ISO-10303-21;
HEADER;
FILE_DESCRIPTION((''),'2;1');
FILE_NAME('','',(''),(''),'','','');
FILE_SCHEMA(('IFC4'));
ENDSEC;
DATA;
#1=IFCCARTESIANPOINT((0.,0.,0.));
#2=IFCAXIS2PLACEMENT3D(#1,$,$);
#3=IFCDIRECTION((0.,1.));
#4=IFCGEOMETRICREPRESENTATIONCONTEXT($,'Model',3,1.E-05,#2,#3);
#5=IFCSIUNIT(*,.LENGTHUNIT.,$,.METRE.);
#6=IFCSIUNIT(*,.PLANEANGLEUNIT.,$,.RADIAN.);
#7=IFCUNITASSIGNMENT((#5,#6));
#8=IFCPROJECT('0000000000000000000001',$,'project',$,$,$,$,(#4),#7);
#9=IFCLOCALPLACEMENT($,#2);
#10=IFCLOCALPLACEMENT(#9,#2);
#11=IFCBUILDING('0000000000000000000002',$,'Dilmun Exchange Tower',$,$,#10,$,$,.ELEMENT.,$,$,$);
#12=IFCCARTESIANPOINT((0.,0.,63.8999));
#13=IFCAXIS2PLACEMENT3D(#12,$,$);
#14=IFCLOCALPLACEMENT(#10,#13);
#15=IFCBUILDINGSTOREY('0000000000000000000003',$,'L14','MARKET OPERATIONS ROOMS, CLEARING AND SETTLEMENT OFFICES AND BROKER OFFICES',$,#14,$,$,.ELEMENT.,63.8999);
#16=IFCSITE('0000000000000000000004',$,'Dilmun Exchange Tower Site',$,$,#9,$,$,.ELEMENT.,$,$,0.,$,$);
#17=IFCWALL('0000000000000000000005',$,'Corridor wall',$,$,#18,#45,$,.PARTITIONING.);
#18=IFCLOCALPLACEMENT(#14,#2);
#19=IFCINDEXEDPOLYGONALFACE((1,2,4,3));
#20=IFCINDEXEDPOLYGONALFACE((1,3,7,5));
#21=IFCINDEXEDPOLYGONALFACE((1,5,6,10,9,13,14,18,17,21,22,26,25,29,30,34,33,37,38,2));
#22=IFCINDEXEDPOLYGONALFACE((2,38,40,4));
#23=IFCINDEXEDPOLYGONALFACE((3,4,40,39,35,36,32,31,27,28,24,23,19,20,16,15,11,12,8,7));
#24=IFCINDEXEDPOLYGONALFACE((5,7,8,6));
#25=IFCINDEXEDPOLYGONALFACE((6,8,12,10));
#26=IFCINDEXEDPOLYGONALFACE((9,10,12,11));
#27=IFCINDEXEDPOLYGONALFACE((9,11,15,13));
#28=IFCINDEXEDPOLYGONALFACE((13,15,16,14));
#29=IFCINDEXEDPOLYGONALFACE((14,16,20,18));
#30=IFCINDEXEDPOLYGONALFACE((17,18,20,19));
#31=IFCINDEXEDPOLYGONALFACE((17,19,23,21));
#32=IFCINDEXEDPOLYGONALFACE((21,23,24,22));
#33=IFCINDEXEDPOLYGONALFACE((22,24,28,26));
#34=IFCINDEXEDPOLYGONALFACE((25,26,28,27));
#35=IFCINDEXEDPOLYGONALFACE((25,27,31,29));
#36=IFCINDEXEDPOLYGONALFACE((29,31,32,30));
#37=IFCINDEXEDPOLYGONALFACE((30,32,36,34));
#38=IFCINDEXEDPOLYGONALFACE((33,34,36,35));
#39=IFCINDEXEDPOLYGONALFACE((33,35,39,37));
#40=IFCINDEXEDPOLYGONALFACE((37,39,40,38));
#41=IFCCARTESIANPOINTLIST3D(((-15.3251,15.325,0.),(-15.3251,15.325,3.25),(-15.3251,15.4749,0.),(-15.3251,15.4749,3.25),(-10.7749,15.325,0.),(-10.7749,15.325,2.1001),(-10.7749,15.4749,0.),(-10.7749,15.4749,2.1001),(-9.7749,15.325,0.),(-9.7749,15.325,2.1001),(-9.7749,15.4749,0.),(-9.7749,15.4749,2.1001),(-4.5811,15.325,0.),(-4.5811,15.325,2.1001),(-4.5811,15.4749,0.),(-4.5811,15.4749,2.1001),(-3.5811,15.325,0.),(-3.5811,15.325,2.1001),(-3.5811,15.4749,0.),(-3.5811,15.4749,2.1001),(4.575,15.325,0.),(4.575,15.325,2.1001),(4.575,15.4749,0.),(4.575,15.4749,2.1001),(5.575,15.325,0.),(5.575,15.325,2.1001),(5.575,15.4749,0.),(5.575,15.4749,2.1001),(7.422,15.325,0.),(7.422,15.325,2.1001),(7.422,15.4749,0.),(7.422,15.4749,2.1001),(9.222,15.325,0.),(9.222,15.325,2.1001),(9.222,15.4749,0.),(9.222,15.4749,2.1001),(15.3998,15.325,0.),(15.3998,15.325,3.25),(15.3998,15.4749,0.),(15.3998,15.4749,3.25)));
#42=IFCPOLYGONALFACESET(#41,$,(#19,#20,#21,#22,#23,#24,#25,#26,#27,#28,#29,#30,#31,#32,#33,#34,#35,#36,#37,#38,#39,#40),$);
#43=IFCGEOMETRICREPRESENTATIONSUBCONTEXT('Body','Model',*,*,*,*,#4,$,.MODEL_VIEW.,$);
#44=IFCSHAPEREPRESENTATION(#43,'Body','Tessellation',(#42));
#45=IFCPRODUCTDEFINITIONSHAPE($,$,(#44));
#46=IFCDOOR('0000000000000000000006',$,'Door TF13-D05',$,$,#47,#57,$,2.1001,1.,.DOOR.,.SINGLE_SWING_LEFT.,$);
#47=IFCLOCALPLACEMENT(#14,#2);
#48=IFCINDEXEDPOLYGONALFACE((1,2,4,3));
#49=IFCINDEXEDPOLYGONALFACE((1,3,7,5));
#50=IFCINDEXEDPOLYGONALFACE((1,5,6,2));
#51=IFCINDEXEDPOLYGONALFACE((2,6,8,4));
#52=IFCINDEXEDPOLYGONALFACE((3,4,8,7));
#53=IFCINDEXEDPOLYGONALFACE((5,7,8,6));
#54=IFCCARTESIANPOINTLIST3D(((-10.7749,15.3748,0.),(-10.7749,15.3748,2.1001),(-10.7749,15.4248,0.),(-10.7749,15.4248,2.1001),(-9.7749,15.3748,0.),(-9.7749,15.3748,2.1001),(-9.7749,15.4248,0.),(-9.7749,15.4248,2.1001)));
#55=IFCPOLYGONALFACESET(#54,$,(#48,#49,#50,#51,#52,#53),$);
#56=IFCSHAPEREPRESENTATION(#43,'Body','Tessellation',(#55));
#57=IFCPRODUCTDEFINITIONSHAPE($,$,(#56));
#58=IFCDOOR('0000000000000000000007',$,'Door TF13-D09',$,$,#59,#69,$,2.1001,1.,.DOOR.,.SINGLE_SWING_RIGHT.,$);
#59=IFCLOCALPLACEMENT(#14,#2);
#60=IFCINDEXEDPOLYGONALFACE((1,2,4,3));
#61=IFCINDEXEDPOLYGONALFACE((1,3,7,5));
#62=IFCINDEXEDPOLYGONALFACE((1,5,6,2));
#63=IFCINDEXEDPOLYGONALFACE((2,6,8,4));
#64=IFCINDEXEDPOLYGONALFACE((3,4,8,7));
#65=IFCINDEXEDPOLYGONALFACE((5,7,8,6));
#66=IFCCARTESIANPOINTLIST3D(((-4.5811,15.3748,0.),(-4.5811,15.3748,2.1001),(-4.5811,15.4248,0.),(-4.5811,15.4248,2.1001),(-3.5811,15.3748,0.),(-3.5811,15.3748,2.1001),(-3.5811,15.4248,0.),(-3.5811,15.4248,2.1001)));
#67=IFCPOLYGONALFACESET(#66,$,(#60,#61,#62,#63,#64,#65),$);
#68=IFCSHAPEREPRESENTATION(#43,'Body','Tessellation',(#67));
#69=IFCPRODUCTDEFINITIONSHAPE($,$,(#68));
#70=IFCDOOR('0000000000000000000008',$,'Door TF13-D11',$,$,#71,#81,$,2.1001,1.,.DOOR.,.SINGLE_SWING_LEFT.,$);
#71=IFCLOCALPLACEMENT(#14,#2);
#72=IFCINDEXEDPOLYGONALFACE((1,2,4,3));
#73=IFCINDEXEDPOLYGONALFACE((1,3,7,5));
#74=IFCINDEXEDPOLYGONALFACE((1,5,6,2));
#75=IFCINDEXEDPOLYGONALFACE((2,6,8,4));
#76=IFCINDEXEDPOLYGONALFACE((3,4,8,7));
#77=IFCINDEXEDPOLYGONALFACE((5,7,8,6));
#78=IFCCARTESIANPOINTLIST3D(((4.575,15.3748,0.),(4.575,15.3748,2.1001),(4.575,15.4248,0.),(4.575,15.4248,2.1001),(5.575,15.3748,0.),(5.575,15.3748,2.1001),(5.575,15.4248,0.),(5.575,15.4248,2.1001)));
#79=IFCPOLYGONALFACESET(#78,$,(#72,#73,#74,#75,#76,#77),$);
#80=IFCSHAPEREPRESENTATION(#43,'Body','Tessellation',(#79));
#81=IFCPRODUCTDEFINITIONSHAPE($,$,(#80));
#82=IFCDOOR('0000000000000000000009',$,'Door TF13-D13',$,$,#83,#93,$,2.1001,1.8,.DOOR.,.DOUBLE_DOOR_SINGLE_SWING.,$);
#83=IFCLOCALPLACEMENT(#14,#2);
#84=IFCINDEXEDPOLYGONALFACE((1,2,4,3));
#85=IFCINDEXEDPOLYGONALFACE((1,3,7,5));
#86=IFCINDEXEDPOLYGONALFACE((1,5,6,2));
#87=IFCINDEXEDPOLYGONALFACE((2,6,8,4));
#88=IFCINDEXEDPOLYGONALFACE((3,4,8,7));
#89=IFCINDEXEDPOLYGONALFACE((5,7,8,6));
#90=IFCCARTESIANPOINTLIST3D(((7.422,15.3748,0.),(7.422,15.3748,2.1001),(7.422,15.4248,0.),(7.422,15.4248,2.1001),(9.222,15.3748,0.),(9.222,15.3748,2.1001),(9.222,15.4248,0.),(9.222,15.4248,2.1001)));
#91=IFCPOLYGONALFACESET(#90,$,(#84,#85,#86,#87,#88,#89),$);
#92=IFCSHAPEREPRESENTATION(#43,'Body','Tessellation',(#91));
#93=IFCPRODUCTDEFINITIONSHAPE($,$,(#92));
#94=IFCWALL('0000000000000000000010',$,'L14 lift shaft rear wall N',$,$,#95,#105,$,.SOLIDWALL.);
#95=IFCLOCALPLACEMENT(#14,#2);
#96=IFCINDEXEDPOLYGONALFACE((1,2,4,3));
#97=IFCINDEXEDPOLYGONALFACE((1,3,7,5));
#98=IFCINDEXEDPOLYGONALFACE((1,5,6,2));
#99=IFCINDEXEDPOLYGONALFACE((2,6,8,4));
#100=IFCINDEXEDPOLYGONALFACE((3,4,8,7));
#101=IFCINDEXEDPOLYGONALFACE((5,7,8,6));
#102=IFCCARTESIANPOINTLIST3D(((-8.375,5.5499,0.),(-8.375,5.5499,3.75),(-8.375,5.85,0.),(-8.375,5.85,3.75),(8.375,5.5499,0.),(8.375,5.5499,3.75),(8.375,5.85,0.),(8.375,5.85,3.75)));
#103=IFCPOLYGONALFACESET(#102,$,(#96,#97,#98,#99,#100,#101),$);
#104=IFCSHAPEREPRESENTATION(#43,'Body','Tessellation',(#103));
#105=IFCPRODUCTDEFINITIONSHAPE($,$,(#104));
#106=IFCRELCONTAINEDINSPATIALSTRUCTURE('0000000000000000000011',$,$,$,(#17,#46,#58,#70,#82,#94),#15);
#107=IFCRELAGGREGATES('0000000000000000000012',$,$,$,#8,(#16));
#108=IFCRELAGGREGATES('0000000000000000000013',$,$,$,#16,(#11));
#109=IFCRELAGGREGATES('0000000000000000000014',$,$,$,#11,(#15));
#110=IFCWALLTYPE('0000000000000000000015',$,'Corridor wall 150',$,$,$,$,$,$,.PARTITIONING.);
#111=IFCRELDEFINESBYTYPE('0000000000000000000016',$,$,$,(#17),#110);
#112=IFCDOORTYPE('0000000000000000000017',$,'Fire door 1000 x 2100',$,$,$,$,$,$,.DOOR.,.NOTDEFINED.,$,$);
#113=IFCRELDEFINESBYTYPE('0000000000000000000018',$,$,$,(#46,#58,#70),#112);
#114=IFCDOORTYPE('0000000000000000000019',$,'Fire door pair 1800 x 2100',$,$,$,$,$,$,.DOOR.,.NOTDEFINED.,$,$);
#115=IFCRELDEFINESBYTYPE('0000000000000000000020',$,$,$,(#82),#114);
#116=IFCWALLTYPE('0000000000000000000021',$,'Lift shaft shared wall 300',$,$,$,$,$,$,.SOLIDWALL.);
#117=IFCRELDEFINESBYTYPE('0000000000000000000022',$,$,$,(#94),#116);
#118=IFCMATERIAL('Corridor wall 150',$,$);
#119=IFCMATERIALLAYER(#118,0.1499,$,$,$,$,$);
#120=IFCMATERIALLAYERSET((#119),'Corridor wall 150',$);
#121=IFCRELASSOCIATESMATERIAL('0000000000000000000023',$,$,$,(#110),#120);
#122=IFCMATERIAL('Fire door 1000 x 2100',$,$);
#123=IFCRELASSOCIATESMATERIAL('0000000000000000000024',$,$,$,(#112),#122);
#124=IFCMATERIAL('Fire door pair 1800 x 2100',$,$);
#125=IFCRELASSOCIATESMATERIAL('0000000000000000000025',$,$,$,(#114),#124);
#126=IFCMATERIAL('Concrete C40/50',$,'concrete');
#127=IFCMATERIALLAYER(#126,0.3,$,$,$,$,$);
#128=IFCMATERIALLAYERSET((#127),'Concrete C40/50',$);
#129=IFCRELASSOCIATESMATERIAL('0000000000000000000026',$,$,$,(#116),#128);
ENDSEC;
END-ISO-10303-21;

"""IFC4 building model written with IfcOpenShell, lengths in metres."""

from ifc_helpers import new_model, si_unit, direction, frame, frame_2d, origin, place, context, subcontext, project, spatial, rectangle, extrude, material, layer, layer_set, type_object, element, fill, save


model = new_model("IFC4")

# Units and contexts
model_context = context("Model", 3, precision=1e-05, world=origin(), true_north=direction((0.0, 1.0)))
body_context = subcontext(model_context, "Body", "Model", "MODEL_VIEW")
ifc_project = project(units=[si_unit("LENGTHUNIT", "METRE"), si_unit("PLANEANGLEUNIT", "RADIAN")], contexts=[model_context])

# Site, building, storey
site_placement = place(None, origin())
site = spatial("IfcSite", under=ifc_project, at=site_placement, Name="Dilmun Exchange Tower Site", CompositionType="ELEMENT", RefElevation=0.0)
building_placement = place(site_placement, origin())
building = spatial("IfcBuilding", under=site, at=building_placement, Name="Dilmun Exchange Tower", CompositionType="ELEMENT")
storey_placement = place(building_placement, frame((0.0, 0.0, 63.8999)))
storey = spatial("IfcBuildingStorey", under=building, at=storey_placement, Name="L14", Description="MARKET OPERATIONS ROOMS, CLEARING AND SETTLEMENT OFFICES AND BROKER OFFICES", CompositionType="ELEMENT", Elevation=63.8999)

# Shared definitions
ifc_material_1 = material(Name="Concrete C40/50", Category="concrete")

# Wall, openings, doors
ifc_material_2 = material(Name="Corridor wall 150")
ifc_layer_1 = layer(ifc_material_2, 0.1499)
ifc_layer_set_1 = layer_set([ifc_layer_1], Name="Corridor wall 150")
wall_type_1 = type_object("IfcWallType", Name="Corridor wall 150", PredefinedType="PARTITIONING", material=ifc_layer_set_1)
wall_1_placement = place(storey_placement, frame((-15.325, 15.3999, 0.0), z_axis=(0.0, 0.0, 1.0), x_axis=(1.0, 0.0, 0.0)))
wall_1 = element("IfcWall", 1, at=wall_1_placement, inside=storey, type_object=wall_type_1, Name="Corridor wall", PredefinedType="PARTITIONING", context=body_context, shape_type="SweptSolid", body=[
    extrude(rectangle(XDim=30.7249, YDim=0.1499, at=frame_2d((15.3623, 0.0))), origin(), (0.0, 0.0, 1.0), 3.25),
])
opening_1_placement = place(wall_1_placement, frame((4.55, 0.0, 0.0)))
opening_1 = element("IfcOpeningElement", 2, at=opening_1_placement, cuts=wall_1, PredefinedType="OPENING", context=body_context, shape_type="SweptSolid", body=[
    extrude(rectangle(XDim=1.0, YDim=2.1001, at=frame_2d((0.5, 1.05))), frame((0.0, 0.085, 0.0), z_axis=(0.0, -1.0, 0.0), x_axis=(1.0, 0.0, 0.0)), (0.0, 0.0, 1.0), 0.1699),
])
opening_2_placement = place(wall_1_placement, frame((10.7439, 0.0, 0.0)))
opening_2 = element("IfcOpeningElement", 3, at=opening_2_placement, cuts=wall_1, PredefinedType="OPENING", context=body_context, shape_type="SweptSolid", body=[
    extrude(rectangle(XDim=1.0, YDim=2.1001, at=frame_2d((0.5, 1.05))), frame((0.0, 0.085, 0.0), z_axis=(0.0, -1.0, 0.0), x_axis=(1.0, 0.0, 0.0)), (0.0, 0.0, 1.0), 0.1699),
])
opening_3_placement = place(wall_1_placement, frame((19.8999, 0.0, 0.0)))
opening_3 = element("IfcOpeningElement", 4, at=opening_3_placement, cuts=wall_1, PredefinedType="OPENING", context=body_context, shape_type="SweptSolid", body=[
    extrude(rectangle(XDim=1.0, YDim=2.1001, at=frame_2d((0.5, 1.05))), frame((0.0, 0.085, 0.0), z_axis=(0.0, -1.0, 0.0), x_axis=(1.0, 0.0, 0.0)), (0.0, 0.0, 1.0), 0.1699),
])
opening_4_placement = place(wall_1_placement, frame((22.7471, 0.0, 0.0)))
opening_4 = element("IfcOpeningElement", 5, at=opening_4_placement, cuts=wall_1, PredefinedType="OPENING", context=body_context, shape_type="SweptSolid", body=[
    extrude(rectangle(XDim=1.8, YDim=2.1001, at=frame_2d((0.8999, 1.05))), frame((0.0, 0.085, 0.0), z_axis=(0.0, -1.0, 0.0), x_axis=(1.0, 0.0, 0.0)), (0.0, 0.0, 1.0), 0.1699),
])
ifc_material_3 = material(Name="Fire door 1000 x 2100")
door_type_1 = type_object("IfcDoorType", Name="Fire door 1000 x 2100", OperationType="NOTDEFINED", PredefinedType="DOOR", material=ifc_material_3)
door_1_placement = place(opening_1_placement, origin())
door_1 = element("IfcDoor", 6, at=door_1_placement, inside=storey, type_object=door_type_1, Name="Door TF13-D05", OperationType="SINGLE_SWING_LEFT", OverallHeight=2.1001, OverallWidth=1.0, PredefinedType="DOOR", context=body_context, shape_type="SweptSolid", body=[
    extrude(rectangle(XDim=1.0, YDim=2.1001, at=frame_2d((0.5, 1.05))), frame((0.0, 0.0249, 0.0), z_axis=(0.0, -1.0, 0.0), x_axis=(1.0, 0.0, 0.0)), (0.0, 0.0, 1.0), 0.05),
])
fill(opening_1, door_1)
door_2_placement = place(opening_2_placement, origin())
door_2 = element("IfcDoor", 7, at=door_2_placement, inside=storey, type_object=door_type_1, Name="Door TF13-D09", OperationType="SINGLE_SWING_RIGHT", OverallHeight=2.1001, OverallWidth=1.0, PredefinedType="DOOR", context=body_context, shape_type="SweptSolid", body=[
    extrude(rectangle(XDim=1.0, YDim=2.1001, at=frame_2d((0.5, 1.05))), frame((0.0, 0.0249, 0.0), z_axis=(0.0, -1.0, 0.0), x_axis=(1.0, 0.0, 0.0)), (0.0, 0.0, 1.0), 0.05),
])
fill(opening_2, door_2)
door_3_placement = place(opening_3_placement, origin())
door_3 = element("IfcDoor", 8, at=door_3_placement, inside=storey, type_object=door_type_1, Name="Door TF13-D11", OperationType="SINGLE_SWING_LEFT", OverallHeight=2.1001, OverallWidth=1.0, PredefinedType="DOOR", context=body_context, shape_type="SweptSolid", body=[
    extrude(rectangle(XDim=1.0, YDim=2.1001, at=frame_2d((0.5, 1.05))), frame((0.0, 0.0249, 0.0), z_axis=(0.0, -1.0, 0.0), x_axis=(1.0, 0.0, 0.0)), (0.0, 0.0, 1.0), 0.05),
])
fill(opening_3, door_3)
ifc_material_4 = material(Name="Fire door pair 1800 x 2100")
door_type_2 = type_object("IfcDoorType", Name="Fire door pair 1800 x 2100", OperationType="NOTDEFINED", PredefinedType="DOOR", material=ifc_material_4)
door_4_placement = place(opening_4_placement, origin())
door_4 = element("IfcDoor", 9, at=door_4_placement, inside=storey, type_object=door_type_2, Name="Door TF13-D13", OperationType="DOUBLE_DOOR_SINGLE_SWING", OverallHeight=2.1001, OverallWidth=1.8, PredefinedType="DOOR", context=body_context, shape_type="SweptSolid", body=[
    extrude(rectangle(XDim=1.8, YDim=2.1001, at=frame_2d((0.8999, 1.05))), frame((0.0, 0.0249, 0.0), z_axis=(0.0, -1.0, 0.0), x_axis=(1.0, 0.0, 0.0)), (0.0, 0.0, 1.0), 0.05),
])
fill(opening_4, door_4)

# Wall
ifc_layer_2 = layer(ifc_material_1, 0.3)
ifc_layer_set_2 = layer_set([ifc_layer_2], Name="Concrete C40/50")
wall_type_2 = type_object("IfcWallType", Name="Lift shaft shared wall 300", PredefinedType="SOLIDWALL", material=ifc_layer_set_2)
wall_2_placement = place(storey_placement, frame((-8.375, 5.7, 0.0), z_axis=(0.0, 0.0, 1.0), x_axis=(1.0, 0.0, 0.0)))
element("IfcWall", 10, at=wall_2_placement, inside=storey, type_object=wall_type_2, Name="L14 lift shaft rear wall N", PredefinedType="SOLIDWALL", context=body_context, shape_type="SweptSolid", body=[
    extrude(rectangle(XDim=16.75, YDim=0.3, at=frame_2d((8.375, 0.0))), origin(), (0.0, 0.0, 1.0), 3.75),
])

save(model, "model.ifc")
